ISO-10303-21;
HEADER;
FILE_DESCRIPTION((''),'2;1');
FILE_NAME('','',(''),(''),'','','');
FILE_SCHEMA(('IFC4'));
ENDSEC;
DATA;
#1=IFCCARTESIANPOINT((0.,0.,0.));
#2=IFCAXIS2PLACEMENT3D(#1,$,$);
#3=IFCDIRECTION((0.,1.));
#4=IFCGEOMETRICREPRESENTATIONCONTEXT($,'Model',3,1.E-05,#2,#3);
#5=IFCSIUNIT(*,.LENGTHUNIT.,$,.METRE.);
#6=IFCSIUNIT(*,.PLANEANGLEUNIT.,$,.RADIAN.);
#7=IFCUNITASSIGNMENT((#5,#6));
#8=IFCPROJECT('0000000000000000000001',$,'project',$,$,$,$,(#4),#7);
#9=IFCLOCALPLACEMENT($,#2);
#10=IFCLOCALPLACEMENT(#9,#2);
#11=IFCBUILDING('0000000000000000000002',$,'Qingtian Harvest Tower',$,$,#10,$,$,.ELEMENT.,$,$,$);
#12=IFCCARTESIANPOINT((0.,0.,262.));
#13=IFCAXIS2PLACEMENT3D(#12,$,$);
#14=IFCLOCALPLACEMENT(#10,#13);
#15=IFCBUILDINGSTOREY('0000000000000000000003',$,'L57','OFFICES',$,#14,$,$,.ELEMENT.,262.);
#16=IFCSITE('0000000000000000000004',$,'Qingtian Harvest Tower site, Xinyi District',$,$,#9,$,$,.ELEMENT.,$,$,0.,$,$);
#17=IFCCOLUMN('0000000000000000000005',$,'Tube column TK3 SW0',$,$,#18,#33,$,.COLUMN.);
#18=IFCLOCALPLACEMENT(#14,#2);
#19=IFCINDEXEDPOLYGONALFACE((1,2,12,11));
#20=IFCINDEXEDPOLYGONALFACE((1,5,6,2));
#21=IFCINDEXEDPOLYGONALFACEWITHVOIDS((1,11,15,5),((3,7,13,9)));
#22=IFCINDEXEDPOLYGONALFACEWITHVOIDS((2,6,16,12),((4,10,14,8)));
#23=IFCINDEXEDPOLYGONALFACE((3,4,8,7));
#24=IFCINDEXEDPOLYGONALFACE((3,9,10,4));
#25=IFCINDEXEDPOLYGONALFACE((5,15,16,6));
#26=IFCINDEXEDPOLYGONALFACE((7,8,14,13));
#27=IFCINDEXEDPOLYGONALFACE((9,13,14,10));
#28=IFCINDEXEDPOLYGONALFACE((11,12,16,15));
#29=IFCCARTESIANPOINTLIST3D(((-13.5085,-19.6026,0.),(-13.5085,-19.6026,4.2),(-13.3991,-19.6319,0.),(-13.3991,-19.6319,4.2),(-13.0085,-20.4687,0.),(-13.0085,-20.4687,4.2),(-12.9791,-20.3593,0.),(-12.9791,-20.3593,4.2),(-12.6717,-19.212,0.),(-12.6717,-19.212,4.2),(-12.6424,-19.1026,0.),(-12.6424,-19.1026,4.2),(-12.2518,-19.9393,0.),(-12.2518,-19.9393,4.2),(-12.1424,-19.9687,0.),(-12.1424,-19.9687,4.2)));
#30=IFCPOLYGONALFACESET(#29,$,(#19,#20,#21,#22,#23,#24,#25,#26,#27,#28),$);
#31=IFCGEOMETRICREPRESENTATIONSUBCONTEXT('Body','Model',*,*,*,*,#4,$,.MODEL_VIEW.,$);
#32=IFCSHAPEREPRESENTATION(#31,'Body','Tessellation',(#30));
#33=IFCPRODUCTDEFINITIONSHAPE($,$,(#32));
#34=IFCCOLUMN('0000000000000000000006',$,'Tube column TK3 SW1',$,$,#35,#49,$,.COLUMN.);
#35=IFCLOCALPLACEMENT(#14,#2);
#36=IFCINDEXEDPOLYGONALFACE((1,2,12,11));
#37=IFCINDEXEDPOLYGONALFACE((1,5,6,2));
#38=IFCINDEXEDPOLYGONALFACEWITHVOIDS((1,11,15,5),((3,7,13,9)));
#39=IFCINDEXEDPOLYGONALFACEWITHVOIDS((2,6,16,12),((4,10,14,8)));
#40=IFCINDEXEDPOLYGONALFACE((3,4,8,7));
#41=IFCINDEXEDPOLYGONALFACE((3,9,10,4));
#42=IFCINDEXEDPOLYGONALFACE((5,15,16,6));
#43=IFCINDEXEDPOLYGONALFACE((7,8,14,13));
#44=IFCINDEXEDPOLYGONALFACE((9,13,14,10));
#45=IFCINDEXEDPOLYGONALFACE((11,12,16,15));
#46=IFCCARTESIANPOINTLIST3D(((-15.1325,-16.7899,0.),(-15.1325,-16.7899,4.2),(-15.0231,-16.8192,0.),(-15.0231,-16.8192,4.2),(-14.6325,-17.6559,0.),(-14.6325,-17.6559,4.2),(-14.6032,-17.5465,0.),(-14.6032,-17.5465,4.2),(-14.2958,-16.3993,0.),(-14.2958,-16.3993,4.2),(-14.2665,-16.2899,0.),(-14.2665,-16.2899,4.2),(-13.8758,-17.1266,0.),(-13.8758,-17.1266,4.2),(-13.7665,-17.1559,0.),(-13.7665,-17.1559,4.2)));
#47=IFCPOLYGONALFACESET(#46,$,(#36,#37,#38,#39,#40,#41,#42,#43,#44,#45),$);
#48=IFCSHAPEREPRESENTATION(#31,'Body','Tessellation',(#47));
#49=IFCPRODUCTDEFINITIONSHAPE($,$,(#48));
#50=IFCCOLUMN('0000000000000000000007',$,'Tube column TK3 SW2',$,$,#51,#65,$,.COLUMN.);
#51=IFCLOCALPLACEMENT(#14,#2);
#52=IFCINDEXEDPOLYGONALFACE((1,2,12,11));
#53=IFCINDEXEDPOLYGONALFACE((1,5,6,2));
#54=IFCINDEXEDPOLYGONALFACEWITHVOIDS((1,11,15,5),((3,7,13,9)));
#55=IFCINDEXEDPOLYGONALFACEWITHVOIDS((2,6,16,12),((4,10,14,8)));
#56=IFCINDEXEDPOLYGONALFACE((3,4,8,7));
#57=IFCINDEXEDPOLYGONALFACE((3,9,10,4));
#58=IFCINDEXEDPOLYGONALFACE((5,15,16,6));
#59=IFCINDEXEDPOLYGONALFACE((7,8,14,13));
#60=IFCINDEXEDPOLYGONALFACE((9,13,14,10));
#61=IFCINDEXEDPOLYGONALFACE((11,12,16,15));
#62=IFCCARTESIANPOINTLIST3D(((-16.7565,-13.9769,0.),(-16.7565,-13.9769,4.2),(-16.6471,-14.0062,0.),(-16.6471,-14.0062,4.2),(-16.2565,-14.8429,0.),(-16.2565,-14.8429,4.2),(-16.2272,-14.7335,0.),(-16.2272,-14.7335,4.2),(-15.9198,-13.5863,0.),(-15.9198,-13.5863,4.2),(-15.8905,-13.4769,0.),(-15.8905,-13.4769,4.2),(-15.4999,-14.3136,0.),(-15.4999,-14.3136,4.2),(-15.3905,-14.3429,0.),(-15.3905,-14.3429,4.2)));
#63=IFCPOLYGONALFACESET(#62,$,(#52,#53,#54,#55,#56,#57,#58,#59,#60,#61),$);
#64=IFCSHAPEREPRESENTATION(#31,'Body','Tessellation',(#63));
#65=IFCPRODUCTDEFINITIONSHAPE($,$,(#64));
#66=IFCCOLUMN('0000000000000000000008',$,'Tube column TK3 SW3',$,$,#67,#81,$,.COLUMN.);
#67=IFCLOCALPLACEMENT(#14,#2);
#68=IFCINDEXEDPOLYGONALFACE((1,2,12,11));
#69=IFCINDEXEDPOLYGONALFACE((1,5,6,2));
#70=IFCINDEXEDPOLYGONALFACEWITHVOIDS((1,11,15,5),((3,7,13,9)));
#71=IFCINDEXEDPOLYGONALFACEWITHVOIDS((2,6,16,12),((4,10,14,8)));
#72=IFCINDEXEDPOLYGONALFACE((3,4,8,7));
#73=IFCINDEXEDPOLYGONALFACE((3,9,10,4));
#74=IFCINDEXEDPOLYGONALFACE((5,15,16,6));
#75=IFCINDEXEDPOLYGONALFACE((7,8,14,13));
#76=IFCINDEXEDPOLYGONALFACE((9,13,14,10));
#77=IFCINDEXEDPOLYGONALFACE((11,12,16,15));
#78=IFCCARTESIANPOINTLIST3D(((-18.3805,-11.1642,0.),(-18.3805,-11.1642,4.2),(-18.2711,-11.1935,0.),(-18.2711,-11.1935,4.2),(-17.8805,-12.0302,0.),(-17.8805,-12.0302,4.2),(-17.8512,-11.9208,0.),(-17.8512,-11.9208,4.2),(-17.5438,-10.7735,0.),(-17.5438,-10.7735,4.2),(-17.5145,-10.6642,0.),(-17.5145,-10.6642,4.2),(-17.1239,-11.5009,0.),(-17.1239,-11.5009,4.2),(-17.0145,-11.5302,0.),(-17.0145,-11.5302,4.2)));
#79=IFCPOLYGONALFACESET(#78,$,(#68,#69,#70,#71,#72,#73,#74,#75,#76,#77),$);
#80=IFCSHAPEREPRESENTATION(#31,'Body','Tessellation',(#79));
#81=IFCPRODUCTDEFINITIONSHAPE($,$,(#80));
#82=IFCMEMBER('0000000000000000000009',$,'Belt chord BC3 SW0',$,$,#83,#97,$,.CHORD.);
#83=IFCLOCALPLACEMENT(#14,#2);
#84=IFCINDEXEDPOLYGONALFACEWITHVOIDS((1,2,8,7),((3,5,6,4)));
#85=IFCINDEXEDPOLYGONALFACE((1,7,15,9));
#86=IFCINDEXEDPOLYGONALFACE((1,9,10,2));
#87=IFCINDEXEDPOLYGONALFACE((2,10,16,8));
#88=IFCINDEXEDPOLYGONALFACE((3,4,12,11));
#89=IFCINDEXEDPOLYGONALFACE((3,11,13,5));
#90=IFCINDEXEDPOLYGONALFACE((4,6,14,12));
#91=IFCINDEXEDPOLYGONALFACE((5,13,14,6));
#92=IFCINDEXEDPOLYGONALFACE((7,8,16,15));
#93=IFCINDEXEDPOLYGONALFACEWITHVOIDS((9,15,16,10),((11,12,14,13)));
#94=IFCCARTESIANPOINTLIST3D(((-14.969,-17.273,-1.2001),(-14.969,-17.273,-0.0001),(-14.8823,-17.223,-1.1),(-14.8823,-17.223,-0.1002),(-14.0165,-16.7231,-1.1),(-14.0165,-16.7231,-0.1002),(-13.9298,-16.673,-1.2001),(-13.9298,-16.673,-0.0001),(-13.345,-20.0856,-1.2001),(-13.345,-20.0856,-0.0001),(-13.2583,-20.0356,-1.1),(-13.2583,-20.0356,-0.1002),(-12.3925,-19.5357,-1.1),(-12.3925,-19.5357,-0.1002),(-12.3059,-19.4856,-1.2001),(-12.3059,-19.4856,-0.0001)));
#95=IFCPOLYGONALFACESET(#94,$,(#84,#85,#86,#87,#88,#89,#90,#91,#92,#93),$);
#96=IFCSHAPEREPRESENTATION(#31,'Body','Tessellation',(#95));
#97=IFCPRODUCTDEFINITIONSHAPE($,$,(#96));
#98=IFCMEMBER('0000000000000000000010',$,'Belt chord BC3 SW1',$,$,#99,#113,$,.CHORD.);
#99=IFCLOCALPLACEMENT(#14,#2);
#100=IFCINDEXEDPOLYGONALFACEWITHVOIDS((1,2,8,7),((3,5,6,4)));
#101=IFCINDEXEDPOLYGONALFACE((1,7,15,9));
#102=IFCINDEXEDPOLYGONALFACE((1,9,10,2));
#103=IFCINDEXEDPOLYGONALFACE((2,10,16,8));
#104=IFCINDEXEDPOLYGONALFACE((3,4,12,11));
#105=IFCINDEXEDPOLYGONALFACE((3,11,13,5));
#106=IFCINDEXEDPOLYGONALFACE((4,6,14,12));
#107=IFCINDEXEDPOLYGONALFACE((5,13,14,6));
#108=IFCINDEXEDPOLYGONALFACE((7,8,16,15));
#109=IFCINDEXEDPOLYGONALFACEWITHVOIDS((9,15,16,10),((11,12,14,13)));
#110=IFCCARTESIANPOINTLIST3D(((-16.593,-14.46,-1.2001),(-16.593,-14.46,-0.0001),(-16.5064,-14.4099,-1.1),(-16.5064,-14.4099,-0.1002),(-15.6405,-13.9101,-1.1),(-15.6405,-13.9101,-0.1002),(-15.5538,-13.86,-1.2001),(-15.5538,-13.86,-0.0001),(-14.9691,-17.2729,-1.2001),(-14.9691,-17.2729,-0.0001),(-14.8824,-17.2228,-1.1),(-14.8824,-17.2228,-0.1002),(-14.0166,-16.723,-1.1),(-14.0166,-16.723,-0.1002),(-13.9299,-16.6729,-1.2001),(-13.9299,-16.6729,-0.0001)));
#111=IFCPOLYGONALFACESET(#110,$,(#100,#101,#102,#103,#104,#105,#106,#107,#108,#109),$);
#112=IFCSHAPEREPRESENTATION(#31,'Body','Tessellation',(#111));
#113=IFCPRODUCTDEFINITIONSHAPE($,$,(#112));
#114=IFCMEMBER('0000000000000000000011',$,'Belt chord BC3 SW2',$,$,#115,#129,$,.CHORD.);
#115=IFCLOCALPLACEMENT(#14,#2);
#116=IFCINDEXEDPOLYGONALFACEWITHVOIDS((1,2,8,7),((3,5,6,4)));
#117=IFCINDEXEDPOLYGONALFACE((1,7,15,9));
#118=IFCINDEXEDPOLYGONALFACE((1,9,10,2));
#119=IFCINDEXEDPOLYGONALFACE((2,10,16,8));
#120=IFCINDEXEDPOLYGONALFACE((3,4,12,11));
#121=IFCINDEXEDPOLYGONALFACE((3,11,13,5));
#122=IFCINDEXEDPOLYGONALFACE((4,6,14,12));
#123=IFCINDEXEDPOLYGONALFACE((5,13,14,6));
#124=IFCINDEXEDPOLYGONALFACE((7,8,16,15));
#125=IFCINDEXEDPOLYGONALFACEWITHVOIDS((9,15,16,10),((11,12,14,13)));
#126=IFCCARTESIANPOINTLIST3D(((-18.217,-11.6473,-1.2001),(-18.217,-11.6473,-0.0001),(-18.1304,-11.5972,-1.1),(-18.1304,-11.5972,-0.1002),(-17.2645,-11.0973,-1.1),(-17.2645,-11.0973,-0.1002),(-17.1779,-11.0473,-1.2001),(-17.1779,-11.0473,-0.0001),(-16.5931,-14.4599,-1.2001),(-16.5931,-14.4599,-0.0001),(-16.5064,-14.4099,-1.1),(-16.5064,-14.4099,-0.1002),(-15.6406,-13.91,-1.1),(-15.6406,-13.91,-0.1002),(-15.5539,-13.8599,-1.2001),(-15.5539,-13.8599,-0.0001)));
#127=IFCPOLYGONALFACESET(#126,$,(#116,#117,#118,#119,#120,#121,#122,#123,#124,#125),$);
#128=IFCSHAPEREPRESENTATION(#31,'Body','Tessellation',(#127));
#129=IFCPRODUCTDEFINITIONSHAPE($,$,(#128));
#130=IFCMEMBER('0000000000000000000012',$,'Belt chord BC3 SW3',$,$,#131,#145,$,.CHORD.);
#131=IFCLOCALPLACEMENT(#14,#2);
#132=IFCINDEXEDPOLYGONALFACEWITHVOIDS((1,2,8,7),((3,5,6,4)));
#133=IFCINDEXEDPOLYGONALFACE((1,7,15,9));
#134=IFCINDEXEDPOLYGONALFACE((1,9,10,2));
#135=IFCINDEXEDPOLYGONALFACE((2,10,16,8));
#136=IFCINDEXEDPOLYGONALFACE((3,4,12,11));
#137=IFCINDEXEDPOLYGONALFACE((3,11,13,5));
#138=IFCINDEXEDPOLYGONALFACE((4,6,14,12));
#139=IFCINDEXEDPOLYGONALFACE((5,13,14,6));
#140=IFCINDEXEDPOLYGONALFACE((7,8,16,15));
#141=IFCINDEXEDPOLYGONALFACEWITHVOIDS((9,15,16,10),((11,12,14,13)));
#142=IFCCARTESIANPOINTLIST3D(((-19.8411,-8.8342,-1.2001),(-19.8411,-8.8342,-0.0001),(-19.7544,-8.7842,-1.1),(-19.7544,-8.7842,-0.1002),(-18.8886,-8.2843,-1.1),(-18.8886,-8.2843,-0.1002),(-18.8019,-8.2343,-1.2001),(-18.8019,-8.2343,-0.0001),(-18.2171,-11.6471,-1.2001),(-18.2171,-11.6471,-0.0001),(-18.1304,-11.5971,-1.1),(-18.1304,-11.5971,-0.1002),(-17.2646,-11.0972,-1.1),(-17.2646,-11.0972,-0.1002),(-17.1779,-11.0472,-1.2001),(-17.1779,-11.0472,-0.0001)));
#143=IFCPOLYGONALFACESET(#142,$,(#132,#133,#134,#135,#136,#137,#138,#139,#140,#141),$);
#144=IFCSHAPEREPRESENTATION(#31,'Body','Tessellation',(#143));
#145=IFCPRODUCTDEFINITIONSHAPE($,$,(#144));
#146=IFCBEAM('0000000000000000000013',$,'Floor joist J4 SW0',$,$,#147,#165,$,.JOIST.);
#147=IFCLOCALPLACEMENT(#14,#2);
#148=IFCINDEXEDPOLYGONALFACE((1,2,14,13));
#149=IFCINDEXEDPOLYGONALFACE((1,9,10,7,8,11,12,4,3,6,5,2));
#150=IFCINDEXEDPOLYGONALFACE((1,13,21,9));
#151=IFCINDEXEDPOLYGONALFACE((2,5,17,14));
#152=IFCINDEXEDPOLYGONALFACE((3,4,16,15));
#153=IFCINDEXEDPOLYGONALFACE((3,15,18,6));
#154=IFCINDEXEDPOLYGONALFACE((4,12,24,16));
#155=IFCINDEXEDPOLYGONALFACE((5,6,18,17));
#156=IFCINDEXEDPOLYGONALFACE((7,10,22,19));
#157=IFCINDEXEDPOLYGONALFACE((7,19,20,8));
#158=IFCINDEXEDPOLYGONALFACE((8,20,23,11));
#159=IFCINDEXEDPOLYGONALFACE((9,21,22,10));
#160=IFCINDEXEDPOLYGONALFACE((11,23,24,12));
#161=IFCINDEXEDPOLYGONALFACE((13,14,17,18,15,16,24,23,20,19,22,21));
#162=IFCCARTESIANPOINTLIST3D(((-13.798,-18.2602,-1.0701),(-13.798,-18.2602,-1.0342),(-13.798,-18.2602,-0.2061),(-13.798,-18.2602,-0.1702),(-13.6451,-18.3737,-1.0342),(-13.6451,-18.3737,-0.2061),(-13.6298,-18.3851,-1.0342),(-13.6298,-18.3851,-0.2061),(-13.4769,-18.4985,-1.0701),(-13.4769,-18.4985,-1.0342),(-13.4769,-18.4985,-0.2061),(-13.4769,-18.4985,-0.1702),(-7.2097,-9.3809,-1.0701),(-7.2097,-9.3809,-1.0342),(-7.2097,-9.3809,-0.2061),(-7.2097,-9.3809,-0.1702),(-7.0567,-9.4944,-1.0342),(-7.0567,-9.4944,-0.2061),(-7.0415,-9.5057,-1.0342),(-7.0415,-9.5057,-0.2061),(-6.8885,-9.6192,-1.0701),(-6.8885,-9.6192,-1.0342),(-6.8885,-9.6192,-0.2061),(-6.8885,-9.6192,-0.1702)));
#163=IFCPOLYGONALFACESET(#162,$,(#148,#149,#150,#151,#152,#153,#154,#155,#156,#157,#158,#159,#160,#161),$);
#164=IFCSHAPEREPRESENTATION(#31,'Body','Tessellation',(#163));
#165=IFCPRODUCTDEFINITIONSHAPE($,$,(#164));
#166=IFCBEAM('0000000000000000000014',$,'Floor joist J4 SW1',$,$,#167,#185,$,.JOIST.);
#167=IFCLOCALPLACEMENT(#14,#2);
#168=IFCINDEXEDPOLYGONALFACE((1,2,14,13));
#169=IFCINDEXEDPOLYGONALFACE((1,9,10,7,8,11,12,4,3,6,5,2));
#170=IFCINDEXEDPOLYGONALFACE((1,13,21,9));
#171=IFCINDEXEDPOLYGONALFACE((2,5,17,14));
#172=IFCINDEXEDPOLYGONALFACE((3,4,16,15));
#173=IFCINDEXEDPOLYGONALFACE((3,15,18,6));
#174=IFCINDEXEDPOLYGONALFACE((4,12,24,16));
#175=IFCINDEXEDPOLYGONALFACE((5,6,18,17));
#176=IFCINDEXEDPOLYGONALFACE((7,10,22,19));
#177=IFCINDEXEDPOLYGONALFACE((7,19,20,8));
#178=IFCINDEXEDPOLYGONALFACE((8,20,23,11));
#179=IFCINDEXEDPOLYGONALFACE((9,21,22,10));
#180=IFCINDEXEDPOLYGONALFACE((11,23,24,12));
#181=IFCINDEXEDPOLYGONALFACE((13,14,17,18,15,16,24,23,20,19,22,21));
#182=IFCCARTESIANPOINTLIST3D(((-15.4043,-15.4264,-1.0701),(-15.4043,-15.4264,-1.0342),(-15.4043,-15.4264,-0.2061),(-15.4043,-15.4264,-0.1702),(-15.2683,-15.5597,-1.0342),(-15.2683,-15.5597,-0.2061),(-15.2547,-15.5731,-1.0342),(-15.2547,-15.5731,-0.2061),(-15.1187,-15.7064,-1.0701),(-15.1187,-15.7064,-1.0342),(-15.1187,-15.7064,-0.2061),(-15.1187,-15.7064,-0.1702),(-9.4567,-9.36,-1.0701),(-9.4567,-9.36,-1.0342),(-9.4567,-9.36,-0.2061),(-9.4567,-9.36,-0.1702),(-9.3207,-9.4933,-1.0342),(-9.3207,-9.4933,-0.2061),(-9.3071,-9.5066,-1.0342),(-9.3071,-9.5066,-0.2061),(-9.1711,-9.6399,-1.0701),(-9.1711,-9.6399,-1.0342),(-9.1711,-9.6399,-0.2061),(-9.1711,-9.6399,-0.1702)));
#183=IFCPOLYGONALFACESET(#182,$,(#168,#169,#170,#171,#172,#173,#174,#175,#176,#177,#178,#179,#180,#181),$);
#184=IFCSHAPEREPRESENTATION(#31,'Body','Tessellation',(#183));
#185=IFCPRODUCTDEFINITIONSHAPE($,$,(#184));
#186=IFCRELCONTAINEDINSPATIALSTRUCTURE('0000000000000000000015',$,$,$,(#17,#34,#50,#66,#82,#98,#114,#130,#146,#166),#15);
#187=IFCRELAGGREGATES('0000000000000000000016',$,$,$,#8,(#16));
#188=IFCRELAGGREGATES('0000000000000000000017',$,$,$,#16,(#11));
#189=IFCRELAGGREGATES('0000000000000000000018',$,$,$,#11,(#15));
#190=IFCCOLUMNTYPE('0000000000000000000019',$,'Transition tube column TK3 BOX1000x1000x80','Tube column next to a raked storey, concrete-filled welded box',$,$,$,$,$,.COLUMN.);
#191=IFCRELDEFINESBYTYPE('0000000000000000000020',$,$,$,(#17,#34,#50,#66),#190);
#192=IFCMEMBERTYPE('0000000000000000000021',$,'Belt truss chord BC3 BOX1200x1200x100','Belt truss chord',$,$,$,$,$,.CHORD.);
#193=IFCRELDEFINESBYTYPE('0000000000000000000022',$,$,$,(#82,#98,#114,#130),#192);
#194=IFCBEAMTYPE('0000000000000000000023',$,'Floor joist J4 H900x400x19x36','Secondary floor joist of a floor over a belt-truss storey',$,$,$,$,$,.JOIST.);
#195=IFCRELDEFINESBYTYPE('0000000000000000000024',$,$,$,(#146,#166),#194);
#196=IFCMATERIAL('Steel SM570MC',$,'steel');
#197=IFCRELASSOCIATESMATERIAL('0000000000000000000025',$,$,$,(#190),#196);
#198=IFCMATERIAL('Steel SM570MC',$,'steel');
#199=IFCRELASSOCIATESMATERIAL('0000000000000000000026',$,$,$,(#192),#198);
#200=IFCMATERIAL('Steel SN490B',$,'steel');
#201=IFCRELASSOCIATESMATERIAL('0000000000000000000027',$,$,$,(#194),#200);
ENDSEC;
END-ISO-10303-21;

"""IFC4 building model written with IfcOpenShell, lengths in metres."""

from ifc_helpers import new_model, si_unit, direction, frame, origin, origin_2d, place, context, subcontext, project, spatial, hollow_rectangle, i_section, extrude, material, material_profile, profile_set, type_object, element, save


model = new_model("IFC4")

# Units and contexts
model_context = context("Model", 3, precision=1e-05, world=origin(), true_north=direction((0.0, 1.0)))
body_context = subcontext(model_context, "Body", "Model", "MODEL_VIEW")
ifc_project = project(units=[si_unit("LENGTHUNIT", "METRE"), si_unit("PLANEANGLEUNIT", "RADIAN")], contexts=[model_context])

# Site, building, storey
site_placement = place(None, origin())
site = spatial("IfcSite", under=ifc_project, at=site_placement, Name="Qingtian Harvest Tower site, Xinyi District", CompositionType="ELEMENT", RefElevation=0.0)
building_placement = place(site_placement, origin())
building = spatial("IfcBuilding", under=site, at=building_placement, Name="Qingtian Harvest Tower", CompositionType="ELEMENT")
storey_placement = place(building_placement, frame((0.0, 0.0, 262.0)))
storey = spatial("IfcBuildingStorey", under=building, at=storey_placement, Name="L57", Description="OFFICES", CompositionType="ELEMENT", Elevation=262.0)

# Columns
ifc_material_1 = material(Name="Steel SM570MC", Category="steel")
ifc_material_profile_1 = material_profile(ifc_material_1, hollow_rectangle(XDim=1.0, YDim=1.0, WallThickness=0.0801, at=origin_2d()), Name="BOX1000x1000x80")
ifc_profile_set_1 = profile_set([ifc_material_profile_1], Name="Steel SM570MC")
column_type = type_object("IfcColumnType", Name="Transition tube column TK3 BOX1000x1000x80", Description="Tube column next to a raked storey, concrete-filled welded box", PredefinedType="COLUMN", material=ifc_profile_set_1)
for number, where, z_axis, x_axis, name in (
    (1, (-12.8254, -19.7856, 0.0), (0.0, 0.0, 1.0), (0.5, -0.866025, 0.0), "Tube column TK3 SW0"),
    (2, (-14.4495, -16.9729, 0.0), (0.0, 0.0, 1.0), (0.5, -0.866025, 0.0), "Tube column TK3 SW1"),
    (3, (-16.0735, -14.1599, 0.0), (0.0, 0.0, 1.0), (0.5, -0.866025, 0.0), "Tube column TK3 SW2"),
    (4, (-17.6975, -11.3472, 0.0), (0.0, 0.0, 1.0), (0.5, -0.866025, 0.0), "Tube column TK3 SW3"),
):
    element("IfcColumn", number, at=place(storey_placement, frame(where, z_axis=z_axis, x_axis=x_axis)), inside=storey, type_object=column_type, Name=name, PredefinedType="COLUMN", context=body_context, shape_type="SweptSolid", body=[
        extrude(hollow_rectangle(XDim=1.0, YDim=1.0, WallThickness=0.0801, at=origin_2d()), origin(), (0.0, 0.0, 1.0), 4.2),
    ])

# Members
ifc_material_2 = material(Name="Steel SM570MC", Category="steel")
ifc_material_profile_2 = material_profile(ifc_material_2, hollow_rectangle(XDim=1.2, YDim=1.2, WallThickness=0.1001, at=origin_2d()), Name="BOX1200x1200x100")
ifc_profile_set_2 = profile_set([ifc_material_profile_2], Name="Steel SM570MC")
member_type_1 = type_object("IfcMemberType", Name="Belt truss chord BC3 BOX1200x1200x100", Description="Belt truss chord", PredefinedType="CHORD", material=ifc_profile_set_2)
member_1_placement = place(storey_placement, frame((-12.8254, -19.7856, -0.6001), z_axis=(-0.50002, 0.866014, 0.0), x_axis=(-0.866014, -0.50002, 0.0)))
element("IfcMember", 5, at=member_1_placement, inside=storey, type_object=member_type_1, Name="Belt chord BC3 SW0", PredefinedType="CHORD", context=body_context, shape_type="SweptSolid", body=[
    extrude(hollow_rectangle(XDim=1.2, YDim=1.2, WallThickness=0.1001, at=origin_2d()), origin(), (0.0, 0.0, 1.0), 3.2478),
])
member_2_placement = place(storey_placement, frame((-14.4495, -16.9729, -0.6001), z_axis=(-0.499987, 0.866033, 0.0), x_axis=(-0.866033, -0.499987, 0.0)))
element("IfcMember", 6, at=member_2_placement, inside=storey, type_object=member_type_1, Name="Belt chord BC3 SW1", PredefinedType="CHORD", context=body_context, shape_type="SweptSolid", body=[
    extrude(hollow_rectangle(XDim=1.2, YDim=1.2, WallThickness=0.1001, at=origin_2d()), origin(), (0.0, 0.0, 1.0), 3.248),
])
member_3_placement = place(storey_placement, frame((-16.0735, -14.1599, -0.6001), z_axis=(-0.50002, 0.866014, 0.0), x_axis=(-0.866014, -0.50002, 0.0)))
element("IfcMember", 7, at=member_3_placement, inside=storey, type_object=member_type_1, Name="Belt chord BC3 SW2", PredefinedType="CHORD", context=body_context, shape_type="SweptSolid", body=[
    extrude(hollow_rectangle(XDim=1.2, YDim=1.2, WallThickness=0.1001, at=origin_2d()), origin(), (0.0, 0.0, 1.0), 3.2478),
])
member_4_placement = place(storey_placement, frame((-17.6975, -11.3472, -0.6001), z_axis=(-0.499987, 0.866033, 0.0), x_axis=(-0.866033, -0.499987, 0.0)))
element("IfcMember", 8, at=member_4_placement, inside=storey, type_object=member_type_1, Name="Belt chord BC3 SW3", PredefinedType="CHORD", context=body_context, shape_type="SweptSolid", body=[
    extrude(hollow_rectangle(XDim=1.2, YDim=1.2, WallThickness=0.1001, at=origin_2d()), origin(), (0.0, 0.0, 1.0), 3.248),
])

# Beams
ifc_material_3 = material(Name="Steel SN490B", Category="steel")
ifc_material_profile_3 = material_profile(ifc_material_3, i_section(OverallWidth=0.3999, OverallDepth=0.8999, WebThickness=0.019, FlangeThickness=0.0359, at=origin_2d()), Name="H900x400x19x36")
ifc_profile_set_3 = profile_set([ifc_material_profile_3], Name="Steel SN490B")
beam_type_1 = type_object("IfcBeamType", Name="Floor joist J4 H900x400x19x36", Description="Secondary floor joist of a floor over a belt-truss storey", PredefinedType="JOIST", material=ifc_profile_set_3)
beam_1_placement = place(storey_placement, frame((-13.6375, -18.3794, -0.6201), z_axis=(0.595873, 0.803079, 0.0), x_axis=(-0.803079, 0.595873, 0.0)))
element("IfcBeam", 9, at=beam_1_placement, inside=storey, type_object=beam_type_1, Name="Floor joist J4 SW0", PredefinedType="JOIST", context=body_context, shape_type="SweptSolid", body=[
    extrude(i_section(OverallWidth=0.3999, OverallDepth=0.8999, WebThickness=0.019, FlangeThickness=0.0359, at=origin_2d()), origin(), (0.0, 0.0, 1.0), 11.0566),
])
beam_2_placement = place(storey_placement, frame((-15.2615, -15.5664, -0.6201), z_axis=(0.700075, 0.71407, 0.0), x_axis=(-0.71407, 0.700075, 0.0)))
element("IfcBeam", 10, at=beam_2_placement, inside=storey, type_object=beam_type_1, Name="Floor joist J4 SW1", PredefinedType="JOIST", context=body_context, shape_type="SweptSolid", body=[
    extrude(i_section(OverallWidth=0.3999, OverallDepth=0.8999, WebThickness=0.019, FlangeThickness=0.0359, at=origin_2d()), origin(), (0.0, 0.0, 1.0), 8.4956),
])

save(model, "model.ifc")
